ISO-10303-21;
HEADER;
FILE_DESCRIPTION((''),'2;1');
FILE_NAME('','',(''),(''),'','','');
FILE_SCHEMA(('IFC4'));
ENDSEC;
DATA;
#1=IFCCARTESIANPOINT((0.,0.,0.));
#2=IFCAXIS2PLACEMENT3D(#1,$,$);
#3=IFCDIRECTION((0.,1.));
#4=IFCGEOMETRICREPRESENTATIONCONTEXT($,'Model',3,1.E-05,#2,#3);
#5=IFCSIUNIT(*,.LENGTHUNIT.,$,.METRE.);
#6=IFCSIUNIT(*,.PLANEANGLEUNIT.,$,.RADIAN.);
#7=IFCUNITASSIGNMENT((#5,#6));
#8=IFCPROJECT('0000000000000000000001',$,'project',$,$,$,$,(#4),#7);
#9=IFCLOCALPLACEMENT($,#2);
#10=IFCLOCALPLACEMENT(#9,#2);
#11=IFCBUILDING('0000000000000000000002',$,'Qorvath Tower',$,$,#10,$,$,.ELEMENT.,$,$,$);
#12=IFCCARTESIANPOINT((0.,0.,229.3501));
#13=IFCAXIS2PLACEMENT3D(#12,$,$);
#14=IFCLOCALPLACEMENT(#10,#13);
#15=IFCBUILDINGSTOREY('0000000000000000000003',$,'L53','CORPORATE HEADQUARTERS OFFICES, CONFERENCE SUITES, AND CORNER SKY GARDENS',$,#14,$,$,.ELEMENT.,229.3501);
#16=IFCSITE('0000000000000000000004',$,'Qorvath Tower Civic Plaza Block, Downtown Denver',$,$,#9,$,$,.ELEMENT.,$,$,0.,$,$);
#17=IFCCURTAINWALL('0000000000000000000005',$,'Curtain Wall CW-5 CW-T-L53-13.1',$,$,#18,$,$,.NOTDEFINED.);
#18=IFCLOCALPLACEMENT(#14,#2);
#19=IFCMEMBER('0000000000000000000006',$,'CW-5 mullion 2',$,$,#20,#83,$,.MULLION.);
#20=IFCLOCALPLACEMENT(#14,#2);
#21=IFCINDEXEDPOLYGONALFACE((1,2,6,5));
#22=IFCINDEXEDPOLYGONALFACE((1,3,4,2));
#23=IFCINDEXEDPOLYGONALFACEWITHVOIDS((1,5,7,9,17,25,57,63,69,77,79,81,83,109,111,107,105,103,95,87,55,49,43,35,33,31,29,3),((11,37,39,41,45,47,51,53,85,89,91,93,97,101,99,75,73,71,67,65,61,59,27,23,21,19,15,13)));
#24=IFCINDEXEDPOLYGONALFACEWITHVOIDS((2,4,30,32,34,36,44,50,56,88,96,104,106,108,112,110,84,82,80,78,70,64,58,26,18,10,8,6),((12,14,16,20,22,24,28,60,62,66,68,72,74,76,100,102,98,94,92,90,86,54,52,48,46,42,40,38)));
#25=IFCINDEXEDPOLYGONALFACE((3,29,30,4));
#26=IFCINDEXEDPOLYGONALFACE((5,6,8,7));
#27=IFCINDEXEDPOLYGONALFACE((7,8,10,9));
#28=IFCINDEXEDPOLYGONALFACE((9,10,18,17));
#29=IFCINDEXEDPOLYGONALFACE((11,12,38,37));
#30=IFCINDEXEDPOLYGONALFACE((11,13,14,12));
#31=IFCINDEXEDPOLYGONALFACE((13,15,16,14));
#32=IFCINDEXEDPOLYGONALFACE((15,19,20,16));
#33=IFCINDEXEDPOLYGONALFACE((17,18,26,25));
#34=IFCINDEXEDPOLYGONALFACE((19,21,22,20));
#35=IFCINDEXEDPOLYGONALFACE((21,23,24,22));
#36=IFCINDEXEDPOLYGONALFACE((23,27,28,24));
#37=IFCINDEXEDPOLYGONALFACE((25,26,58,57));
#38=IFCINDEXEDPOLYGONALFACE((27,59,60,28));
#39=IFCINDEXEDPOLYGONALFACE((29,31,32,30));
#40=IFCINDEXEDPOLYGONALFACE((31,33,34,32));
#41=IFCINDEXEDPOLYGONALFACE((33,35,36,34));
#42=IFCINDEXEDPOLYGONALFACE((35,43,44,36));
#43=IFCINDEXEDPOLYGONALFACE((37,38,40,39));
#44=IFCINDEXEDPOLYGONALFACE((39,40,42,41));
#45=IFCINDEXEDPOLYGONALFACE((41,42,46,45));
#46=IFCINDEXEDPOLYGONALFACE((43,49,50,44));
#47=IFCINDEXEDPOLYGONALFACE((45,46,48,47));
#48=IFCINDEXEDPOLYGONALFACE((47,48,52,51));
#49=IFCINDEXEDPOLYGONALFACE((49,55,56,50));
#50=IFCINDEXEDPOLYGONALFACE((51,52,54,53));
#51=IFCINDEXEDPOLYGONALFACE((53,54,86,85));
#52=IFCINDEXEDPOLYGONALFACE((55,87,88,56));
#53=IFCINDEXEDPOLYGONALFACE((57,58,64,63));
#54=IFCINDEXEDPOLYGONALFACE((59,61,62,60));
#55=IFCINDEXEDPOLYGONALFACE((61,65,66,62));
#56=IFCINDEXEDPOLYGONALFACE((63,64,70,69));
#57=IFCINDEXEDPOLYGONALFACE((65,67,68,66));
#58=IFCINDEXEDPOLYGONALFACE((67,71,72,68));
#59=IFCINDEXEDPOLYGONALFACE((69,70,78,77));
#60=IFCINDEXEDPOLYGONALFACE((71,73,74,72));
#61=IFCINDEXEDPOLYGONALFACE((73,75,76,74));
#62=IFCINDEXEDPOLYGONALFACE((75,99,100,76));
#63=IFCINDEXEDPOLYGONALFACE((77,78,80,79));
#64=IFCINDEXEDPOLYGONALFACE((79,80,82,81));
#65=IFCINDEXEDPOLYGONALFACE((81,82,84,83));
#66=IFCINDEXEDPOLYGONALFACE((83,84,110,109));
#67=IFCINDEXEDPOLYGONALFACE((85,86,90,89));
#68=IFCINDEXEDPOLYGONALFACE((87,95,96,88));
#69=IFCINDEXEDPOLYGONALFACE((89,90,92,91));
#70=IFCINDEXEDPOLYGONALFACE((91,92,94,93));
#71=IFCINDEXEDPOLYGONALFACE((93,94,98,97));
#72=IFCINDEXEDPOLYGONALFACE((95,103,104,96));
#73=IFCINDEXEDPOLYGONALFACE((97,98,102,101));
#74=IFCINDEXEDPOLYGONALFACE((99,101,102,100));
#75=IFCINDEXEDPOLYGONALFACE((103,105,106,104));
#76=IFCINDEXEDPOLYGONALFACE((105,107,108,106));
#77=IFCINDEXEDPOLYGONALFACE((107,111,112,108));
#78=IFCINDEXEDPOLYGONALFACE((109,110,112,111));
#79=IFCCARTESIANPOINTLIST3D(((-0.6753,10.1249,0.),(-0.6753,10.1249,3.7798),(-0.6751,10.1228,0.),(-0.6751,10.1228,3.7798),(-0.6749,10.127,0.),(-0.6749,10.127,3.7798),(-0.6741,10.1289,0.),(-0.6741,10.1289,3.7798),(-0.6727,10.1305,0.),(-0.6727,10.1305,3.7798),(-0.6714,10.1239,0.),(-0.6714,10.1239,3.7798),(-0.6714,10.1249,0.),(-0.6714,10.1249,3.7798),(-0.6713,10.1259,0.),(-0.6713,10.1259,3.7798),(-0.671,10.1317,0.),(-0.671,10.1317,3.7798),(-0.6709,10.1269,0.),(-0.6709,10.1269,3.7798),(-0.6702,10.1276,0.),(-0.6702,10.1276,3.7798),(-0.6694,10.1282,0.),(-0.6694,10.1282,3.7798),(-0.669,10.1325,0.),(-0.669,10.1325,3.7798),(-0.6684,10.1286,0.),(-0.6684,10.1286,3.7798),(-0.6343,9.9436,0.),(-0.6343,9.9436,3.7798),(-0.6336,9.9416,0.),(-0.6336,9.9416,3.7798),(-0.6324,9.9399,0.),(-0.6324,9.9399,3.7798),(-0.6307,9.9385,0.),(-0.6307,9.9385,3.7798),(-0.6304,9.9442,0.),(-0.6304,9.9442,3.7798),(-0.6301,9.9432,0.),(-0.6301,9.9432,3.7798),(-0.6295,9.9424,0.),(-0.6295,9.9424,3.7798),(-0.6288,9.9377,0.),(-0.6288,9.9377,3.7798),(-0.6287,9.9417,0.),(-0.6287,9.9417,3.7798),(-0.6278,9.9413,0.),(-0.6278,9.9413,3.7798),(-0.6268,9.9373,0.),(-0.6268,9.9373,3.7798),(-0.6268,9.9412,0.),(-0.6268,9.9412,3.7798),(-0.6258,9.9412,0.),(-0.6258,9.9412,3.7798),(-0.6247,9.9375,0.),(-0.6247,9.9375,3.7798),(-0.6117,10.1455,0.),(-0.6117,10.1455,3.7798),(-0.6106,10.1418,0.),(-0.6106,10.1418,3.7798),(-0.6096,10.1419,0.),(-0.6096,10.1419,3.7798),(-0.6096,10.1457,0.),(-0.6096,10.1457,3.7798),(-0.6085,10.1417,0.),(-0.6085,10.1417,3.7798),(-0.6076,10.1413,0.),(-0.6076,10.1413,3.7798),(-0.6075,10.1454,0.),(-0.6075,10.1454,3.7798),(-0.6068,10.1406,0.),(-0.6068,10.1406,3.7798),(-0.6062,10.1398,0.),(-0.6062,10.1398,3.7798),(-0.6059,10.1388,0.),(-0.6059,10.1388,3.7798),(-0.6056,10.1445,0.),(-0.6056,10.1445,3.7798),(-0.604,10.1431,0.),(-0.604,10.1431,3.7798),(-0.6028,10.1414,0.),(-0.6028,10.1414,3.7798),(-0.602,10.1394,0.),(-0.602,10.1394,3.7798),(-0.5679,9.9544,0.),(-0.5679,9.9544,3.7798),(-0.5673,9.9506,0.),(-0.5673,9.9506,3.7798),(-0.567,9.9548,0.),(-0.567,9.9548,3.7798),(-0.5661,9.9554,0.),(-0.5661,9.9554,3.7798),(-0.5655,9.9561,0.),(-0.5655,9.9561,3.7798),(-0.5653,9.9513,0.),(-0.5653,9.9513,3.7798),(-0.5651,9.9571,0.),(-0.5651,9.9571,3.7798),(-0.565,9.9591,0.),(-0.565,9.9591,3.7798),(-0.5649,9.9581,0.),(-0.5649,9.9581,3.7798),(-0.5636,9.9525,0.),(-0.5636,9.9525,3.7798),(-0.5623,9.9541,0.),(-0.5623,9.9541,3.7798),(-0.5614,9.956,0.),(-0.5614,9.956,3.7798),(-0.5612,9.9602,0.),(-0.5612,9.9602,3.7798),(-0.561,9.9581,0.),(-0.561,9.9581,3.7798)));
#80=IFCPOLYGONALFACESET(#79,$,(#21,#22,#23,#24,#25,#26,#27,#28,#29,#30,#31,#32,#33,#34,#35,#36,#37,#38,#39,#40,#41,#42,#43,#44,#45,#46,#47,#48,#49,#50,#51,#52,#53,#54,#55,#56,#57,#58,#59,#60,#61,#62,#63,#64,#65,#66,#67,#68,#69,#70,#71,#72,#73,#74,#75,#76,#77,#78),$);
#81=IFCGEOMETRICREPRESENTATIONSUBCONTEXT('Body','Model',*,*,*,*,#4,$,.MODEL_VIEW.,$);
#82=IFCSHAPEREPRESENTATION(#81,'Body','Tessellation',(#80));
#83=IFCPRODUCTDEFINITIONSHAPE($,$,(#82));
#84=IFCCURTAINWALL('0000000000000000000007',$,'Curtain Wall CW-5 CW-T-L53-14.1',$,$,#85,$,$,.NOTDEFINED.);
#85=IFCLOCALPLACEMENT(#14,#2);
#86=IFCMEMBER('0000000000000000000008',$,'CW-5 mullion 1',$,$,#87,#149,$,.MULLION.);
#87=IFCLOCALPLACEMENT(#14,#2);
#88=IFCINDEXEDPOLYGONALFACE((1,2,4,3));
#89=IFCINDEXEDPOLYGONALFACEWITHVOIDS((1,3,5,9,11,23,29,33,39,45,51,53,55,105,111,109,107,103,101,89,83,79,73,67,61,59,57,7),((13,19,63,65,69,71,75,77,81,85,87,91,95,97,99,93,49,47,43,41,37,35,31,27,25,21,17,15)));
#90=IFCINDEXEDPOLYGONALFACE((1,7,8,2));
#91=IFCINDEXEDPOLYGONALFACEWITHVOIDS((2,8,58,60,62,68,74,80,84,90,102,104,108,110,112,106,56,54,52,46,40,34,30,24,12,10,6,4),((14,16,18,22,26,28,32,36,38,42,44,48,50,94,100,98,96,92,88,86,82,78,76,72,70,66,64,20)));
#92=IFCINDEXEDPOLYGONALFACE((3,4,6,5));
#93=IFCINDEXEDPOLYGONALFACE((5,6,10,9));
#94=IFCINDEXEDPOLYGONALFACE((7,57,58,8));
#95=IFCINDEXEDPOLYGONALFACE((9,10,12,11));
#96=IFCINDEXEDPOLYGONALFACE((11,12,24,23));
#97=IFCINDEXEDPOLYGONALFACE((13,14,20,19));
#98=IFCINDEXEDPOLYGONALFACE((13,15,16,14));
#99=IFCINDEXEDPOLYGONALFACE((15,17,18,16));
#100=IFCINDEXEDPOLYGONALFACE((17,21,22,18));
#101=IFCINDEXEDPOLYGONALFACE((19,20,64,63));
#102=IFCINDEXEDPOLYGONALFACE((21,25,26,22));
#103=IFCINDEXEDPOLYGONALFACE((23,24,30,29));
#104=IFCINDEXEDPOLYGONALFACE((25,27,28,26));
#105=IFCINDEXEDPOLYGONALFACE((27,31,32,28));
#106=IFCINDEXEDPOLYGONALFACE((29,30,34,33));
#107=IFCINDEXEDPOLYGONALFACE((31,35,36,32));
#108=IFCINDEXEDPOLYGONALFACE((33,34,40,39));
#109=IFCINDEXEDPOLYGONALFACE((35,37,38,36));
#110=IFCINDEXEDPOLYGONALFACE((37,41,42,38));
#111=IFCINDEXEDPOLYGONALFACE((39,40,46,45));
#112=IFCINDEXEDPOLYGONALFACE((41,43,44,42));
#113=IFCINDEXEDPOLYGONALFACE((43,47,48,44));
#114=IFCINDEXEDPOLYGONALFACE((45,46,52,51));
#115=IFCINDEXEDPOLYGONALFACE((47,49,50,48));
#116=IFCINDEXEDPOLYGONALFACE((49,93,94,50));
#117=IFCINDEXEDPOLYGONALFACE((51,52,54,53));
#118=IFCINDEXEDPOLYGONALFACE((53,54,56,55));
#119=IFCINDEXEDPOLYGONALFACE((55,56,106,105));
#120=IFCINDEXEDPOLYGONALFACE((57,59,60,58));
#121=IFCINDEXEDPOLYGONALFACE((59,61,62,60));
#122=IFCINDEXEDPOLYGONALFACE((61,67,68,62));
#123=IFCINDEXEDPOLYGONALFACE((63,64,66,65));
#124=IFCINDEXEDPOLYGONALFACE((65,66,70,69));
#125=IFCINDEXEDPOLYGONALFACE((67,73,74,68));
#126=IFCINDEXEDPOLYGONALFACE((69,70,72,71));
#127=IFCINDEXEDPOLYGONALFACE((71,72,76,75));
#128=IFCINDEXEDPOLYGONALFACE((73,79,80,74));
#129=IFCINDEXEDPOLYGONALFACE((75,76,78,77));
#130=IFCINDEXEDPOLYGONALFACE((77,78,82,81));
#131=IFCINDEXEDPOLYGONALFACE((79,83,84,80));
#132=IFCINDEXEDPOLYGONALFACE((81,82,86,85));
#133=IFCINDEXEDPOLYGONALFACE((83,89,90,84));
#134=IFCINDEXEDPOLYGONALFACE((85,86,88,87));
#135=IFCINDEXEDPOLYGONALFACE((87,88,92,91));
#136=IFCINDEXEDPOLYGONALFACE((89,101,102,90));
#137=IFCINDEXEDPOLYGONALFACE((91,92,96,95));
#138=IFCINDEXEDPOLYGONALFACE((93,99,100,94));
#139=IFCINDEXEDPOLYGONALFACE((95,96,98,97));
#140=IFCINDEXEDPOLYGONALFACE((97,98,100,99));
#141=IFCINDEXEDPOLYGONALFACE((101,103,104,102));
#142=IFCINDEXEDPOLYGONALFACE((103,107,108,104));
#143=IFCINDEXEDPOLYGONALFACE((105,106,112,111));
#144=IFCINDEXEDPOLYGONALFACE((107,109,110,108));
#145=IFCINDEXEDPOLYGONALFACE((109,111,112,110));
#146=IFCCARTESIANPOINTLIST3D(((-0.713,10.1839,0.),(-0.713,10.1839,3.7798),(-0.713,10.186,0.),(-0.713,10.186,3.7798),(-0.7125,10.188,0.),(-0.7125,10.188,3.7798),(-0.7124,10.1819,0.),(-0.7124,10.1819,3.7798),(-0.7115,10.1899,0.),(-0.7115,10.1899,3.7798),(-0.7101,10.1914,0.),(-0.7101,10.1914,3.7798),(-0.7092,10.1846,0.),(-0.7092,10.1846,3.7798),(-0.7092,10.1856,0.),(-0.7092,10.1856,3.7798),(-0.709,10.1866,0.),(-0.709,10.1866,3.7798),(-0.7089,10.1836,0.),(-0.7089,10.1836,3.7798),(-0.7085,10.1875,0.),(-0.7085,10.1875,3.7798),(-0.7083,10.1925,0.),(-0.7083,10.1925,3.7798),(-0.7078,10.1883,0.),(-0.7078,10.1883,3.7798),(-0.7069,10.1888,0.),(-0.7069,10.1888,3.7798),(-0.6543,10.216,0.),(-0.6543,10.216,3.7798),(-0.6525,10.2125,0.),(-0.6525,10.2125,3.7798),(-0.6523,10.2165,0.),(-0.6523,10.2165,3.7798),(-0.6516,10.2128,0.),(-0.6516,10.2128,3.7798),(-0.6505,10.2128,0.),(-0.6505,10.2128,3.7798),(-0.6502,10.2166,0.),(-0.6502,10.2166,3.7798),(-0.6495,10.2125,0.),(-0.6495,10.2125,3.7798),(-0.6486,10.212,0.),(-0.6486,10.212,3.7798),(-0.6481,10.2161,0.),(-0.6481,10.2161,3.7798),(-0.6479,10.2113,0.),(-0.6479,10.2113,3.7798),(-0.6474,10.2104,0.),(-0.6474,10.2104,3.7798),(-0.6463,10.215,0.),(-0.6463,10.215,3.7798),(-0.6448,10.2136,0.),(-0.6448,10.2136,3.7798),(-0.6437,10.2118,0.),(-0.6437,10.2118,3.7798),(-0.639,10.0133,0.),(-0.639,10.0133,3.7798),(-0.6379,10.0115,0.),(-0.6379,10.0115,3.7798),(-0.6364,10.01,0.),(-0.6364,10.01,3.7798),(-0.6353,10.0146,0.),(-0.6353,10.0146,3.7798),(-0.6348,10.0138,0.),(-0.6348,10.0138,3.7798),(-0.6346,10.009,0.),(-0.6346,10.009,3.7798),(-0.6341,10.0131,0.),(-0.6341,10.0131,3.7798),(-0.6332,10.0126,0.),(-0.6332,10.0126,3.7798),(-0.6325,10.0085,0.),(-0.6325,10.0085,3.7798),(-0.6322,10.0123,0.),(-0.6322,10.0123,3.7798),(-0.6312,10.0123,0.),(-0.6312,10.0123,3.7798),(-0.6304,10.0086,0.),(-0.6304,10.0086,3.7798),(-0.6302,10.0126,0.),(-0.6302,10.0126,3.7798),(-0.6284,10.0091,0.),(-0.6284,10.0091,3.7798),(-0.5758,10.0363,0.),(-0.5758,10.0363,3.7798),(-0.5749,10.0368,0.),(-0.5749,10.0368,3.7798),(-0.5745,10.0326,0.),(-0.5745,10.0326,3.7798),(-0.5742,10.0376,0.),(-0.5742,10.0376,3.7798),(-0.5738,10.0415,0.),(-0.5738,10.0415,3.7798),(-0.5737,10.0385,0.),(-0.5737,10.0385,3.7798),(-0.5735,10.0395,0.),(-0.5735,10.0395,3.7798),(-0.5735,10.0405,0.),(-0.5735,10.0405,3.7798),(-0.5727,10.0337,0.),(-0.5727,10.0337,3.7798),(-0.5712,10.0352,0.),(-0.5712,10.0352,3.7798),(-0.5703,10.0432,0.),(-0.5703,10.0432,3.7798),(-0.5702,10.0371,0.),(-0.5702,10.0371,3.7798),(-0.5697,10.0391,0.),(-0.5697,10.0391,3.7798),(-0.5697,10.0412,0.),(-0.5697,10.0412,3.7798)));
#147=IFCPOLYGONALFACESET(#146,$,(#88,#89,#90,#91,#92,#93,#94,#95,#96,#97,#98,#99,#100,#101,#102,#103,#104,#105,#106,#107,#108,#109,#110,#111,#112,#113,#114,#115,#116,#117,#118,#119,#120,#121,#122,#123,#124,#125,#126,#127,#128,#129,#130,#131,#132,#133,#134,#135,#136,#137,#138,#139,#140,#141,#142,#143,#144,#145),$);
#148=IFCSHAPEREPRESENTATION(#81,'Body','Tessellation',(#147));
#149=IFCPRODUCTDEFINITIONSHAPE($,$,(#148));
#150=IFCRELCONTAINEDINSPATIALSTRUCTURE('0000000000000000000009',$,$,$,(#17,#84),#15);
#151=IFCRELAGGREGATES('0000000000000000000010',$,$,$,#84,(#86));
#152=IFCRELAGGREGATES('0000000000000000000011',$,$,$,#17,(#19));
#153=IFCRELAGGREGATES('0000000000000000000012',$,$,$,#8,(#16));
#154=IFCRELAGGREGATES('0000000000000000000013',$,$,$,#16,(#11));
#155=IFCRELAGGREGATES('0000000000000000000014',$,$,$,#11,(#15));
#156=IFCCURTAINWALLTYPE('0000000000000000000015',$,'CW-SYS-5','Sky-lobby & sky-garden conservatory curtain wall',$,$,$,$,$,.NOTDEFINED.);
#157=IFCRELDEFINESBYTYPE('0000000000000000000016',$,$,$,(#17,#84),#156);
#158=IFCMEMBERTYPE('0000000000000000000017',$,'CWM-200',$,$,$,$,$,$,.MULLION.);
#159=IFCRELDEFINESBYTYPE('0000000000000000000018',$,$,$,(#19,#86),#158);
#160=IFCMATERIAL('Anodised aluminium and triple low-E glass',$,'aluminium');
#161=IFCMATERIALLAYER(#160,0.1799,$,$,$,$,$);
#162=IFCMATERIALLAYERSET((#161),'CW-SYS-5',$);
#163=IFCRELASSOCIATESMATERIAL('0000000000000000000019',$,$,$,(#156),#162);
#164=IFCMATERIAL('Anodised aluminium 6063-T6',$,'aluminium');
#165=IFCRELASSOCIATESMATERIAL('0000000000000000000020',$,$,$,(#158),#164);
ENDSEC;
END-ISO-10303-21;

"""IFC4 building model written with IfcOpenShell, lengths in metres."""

from ifc_helpers import new_model, si_unit, direction, frame, origin, origin_2d, place, context, subcontext, project, spatial, hollow_rectangle, extrude, material, layer, layer_set, material_profile, profile_set, type_object, element, aggregate, save


model = new_model("IFC4")

# Units and contexts
model_context = context("Model", 3, precision=1e-05, world=origin(), true_north=direction((0.0, 1.0)))
body_context = subcontext(model_context, "Body", "Model", "MODEL_VIEW")
ifc_project = project(units=[si_unit("LENGTHUNIT", "METRE"), si_unit("PLANEANGLEUNIT", "RADIAN")], contexts=[model_context])

# Site, building, storey
site_placement = place(None, origin())
site = spatial("IfcSite", under=ifc_project, at=site_placement, Name="Qorvath Tower Civic Plaza Block, Downtown Denver", CompositionType="ELEMENT", RefElevation=0.0)
building_placement = place(site_placement, origin())
building = spatial("IfcBuilding", under=site, at=building_placement, Name="Qorvath Tower", CompositionType="ELEMENT")
storey_placement = place(building_placement, frame((0.0, 0.0, 229.3501)))
storey = spatial("IfcBuildingStorey", under=building, at=storey_placement, Name="L53", Description="CORPORATE HEADQUARTERS OFFICES, CONFERENCE SUITES, AND CORNER SKY GARDENS", CompositionType="ELEMENT", Elevation=229.3501)

# Shared definitions
ifc_material_1 = material(Name="Anodised aluminium and triple low-E glass", Category="aluminium")
ifc_layer_1 = layer(ifc_material_1, 0.1799)
ifc_layer_set_1 = layer_set([ifc_layer_1], Name="CW-SYS-5")
curtain_wall_type = type_object("IfcCurtainWallType", Name="CW-SYS-5", Description="Sky-lobby & sky-garden conservatory curtain wall", PredefinedType="NOTDEFINED", material=ifc_layer_set_1)
ifc_material_2 = material(Name="Anodised aluminium 6063-T6", Category="aluminium")
ifc_material_profile_1 = material_profile(ifc_material_2, hollow_rectangle(XDim=0.075, YDim=0.2, WallThickness=0.0039, InnerFilletRadius=0.0039, OuterFilletRadius=0.0081, at=origin_2d()), Name="CWM 200x75")
ifc_profile_set_1 = profile_set([ifc_material_profile_1], Name="Anodised aluminium 6063-T6")
member_type_1 = type_object("IfcMemberType", Name="CWM-200", PredefinedType="MULLION", material=ifc_profile_set_1)

# Curtain wall, member
curtain_wall_1_placement = place(storey_placement, origin())
curtain_wall_1 = element("IfcCurtainWall", 1, at=curtain_wall_1_placement, inside=storey, type_object=curtain_wall_type, Name="Curtain Wall CW-5 CW-T-L53-13.1", PredefinedType="NOTDEFINED")
member_1_placement = place(storey_placement, frame((-0.6182, 10.0415, 0.0), z_axis=(0.0, 0.0, 1.0), x_axis=(-0.975053, -0.22197, 0.0)))
member_1 = element("IfcMember", 2, at=member_1_placement, type_object=member_type_1, Name="CW-5 mullion 2", PredefinedType="MULLION", context=body_context, shape_type="SweptSolid", body=[
    extrude(hollow_rectangle(XDim=0.075, YDim=0.2, WallThickness=0.0039, InnerFilletRadius=0.0039, OuterFilletRadius=0.0081, at=origin_2d()), origin(), (0.0, 0.0, 1.0), 3.7798),
])

# Curtain wall, member
curtain_wall_2_placement = place(storey_placement, origin())
curtain_wall_2 = element("IfcCurtainWall", 3, at=curtain_wall_2_placement, inside=storey, type_object=curtain_wall_type, Name="Curtain Wall CW-5 CW-T-L53-14.1", PredefinedType="NOTDEFINED")
member_2_placement = place(storey_placement, frame((-0.6414, 10.1125, 0.0), z_axis=(0.0, 0.0, 1.0), x_axis=(-0.916785, -0.399382, 0.0)))
member_2 = element("IfcMember", 4, at=member_2_placement, type_object=member_type_1, Name="CW-5 mullion 1", PredefinedType="MULLION", context=body_context, shape_type="SweptSolid", body=[
    extrude(hollow_rectangle(XDim=0.075, YDim=0.2, WallThickness=0.0039, InnerFilletRadius=0.0039, OuterFilletRadius=0.0081, at=origin_2d()), origin(), (0.0, 0.0, 1.0), 3.7798),
])

aggregate(curtain_wall_2, [member_2])

aggregate(curtain_wall_1, [member_1])

save(model, "model.ifc")
